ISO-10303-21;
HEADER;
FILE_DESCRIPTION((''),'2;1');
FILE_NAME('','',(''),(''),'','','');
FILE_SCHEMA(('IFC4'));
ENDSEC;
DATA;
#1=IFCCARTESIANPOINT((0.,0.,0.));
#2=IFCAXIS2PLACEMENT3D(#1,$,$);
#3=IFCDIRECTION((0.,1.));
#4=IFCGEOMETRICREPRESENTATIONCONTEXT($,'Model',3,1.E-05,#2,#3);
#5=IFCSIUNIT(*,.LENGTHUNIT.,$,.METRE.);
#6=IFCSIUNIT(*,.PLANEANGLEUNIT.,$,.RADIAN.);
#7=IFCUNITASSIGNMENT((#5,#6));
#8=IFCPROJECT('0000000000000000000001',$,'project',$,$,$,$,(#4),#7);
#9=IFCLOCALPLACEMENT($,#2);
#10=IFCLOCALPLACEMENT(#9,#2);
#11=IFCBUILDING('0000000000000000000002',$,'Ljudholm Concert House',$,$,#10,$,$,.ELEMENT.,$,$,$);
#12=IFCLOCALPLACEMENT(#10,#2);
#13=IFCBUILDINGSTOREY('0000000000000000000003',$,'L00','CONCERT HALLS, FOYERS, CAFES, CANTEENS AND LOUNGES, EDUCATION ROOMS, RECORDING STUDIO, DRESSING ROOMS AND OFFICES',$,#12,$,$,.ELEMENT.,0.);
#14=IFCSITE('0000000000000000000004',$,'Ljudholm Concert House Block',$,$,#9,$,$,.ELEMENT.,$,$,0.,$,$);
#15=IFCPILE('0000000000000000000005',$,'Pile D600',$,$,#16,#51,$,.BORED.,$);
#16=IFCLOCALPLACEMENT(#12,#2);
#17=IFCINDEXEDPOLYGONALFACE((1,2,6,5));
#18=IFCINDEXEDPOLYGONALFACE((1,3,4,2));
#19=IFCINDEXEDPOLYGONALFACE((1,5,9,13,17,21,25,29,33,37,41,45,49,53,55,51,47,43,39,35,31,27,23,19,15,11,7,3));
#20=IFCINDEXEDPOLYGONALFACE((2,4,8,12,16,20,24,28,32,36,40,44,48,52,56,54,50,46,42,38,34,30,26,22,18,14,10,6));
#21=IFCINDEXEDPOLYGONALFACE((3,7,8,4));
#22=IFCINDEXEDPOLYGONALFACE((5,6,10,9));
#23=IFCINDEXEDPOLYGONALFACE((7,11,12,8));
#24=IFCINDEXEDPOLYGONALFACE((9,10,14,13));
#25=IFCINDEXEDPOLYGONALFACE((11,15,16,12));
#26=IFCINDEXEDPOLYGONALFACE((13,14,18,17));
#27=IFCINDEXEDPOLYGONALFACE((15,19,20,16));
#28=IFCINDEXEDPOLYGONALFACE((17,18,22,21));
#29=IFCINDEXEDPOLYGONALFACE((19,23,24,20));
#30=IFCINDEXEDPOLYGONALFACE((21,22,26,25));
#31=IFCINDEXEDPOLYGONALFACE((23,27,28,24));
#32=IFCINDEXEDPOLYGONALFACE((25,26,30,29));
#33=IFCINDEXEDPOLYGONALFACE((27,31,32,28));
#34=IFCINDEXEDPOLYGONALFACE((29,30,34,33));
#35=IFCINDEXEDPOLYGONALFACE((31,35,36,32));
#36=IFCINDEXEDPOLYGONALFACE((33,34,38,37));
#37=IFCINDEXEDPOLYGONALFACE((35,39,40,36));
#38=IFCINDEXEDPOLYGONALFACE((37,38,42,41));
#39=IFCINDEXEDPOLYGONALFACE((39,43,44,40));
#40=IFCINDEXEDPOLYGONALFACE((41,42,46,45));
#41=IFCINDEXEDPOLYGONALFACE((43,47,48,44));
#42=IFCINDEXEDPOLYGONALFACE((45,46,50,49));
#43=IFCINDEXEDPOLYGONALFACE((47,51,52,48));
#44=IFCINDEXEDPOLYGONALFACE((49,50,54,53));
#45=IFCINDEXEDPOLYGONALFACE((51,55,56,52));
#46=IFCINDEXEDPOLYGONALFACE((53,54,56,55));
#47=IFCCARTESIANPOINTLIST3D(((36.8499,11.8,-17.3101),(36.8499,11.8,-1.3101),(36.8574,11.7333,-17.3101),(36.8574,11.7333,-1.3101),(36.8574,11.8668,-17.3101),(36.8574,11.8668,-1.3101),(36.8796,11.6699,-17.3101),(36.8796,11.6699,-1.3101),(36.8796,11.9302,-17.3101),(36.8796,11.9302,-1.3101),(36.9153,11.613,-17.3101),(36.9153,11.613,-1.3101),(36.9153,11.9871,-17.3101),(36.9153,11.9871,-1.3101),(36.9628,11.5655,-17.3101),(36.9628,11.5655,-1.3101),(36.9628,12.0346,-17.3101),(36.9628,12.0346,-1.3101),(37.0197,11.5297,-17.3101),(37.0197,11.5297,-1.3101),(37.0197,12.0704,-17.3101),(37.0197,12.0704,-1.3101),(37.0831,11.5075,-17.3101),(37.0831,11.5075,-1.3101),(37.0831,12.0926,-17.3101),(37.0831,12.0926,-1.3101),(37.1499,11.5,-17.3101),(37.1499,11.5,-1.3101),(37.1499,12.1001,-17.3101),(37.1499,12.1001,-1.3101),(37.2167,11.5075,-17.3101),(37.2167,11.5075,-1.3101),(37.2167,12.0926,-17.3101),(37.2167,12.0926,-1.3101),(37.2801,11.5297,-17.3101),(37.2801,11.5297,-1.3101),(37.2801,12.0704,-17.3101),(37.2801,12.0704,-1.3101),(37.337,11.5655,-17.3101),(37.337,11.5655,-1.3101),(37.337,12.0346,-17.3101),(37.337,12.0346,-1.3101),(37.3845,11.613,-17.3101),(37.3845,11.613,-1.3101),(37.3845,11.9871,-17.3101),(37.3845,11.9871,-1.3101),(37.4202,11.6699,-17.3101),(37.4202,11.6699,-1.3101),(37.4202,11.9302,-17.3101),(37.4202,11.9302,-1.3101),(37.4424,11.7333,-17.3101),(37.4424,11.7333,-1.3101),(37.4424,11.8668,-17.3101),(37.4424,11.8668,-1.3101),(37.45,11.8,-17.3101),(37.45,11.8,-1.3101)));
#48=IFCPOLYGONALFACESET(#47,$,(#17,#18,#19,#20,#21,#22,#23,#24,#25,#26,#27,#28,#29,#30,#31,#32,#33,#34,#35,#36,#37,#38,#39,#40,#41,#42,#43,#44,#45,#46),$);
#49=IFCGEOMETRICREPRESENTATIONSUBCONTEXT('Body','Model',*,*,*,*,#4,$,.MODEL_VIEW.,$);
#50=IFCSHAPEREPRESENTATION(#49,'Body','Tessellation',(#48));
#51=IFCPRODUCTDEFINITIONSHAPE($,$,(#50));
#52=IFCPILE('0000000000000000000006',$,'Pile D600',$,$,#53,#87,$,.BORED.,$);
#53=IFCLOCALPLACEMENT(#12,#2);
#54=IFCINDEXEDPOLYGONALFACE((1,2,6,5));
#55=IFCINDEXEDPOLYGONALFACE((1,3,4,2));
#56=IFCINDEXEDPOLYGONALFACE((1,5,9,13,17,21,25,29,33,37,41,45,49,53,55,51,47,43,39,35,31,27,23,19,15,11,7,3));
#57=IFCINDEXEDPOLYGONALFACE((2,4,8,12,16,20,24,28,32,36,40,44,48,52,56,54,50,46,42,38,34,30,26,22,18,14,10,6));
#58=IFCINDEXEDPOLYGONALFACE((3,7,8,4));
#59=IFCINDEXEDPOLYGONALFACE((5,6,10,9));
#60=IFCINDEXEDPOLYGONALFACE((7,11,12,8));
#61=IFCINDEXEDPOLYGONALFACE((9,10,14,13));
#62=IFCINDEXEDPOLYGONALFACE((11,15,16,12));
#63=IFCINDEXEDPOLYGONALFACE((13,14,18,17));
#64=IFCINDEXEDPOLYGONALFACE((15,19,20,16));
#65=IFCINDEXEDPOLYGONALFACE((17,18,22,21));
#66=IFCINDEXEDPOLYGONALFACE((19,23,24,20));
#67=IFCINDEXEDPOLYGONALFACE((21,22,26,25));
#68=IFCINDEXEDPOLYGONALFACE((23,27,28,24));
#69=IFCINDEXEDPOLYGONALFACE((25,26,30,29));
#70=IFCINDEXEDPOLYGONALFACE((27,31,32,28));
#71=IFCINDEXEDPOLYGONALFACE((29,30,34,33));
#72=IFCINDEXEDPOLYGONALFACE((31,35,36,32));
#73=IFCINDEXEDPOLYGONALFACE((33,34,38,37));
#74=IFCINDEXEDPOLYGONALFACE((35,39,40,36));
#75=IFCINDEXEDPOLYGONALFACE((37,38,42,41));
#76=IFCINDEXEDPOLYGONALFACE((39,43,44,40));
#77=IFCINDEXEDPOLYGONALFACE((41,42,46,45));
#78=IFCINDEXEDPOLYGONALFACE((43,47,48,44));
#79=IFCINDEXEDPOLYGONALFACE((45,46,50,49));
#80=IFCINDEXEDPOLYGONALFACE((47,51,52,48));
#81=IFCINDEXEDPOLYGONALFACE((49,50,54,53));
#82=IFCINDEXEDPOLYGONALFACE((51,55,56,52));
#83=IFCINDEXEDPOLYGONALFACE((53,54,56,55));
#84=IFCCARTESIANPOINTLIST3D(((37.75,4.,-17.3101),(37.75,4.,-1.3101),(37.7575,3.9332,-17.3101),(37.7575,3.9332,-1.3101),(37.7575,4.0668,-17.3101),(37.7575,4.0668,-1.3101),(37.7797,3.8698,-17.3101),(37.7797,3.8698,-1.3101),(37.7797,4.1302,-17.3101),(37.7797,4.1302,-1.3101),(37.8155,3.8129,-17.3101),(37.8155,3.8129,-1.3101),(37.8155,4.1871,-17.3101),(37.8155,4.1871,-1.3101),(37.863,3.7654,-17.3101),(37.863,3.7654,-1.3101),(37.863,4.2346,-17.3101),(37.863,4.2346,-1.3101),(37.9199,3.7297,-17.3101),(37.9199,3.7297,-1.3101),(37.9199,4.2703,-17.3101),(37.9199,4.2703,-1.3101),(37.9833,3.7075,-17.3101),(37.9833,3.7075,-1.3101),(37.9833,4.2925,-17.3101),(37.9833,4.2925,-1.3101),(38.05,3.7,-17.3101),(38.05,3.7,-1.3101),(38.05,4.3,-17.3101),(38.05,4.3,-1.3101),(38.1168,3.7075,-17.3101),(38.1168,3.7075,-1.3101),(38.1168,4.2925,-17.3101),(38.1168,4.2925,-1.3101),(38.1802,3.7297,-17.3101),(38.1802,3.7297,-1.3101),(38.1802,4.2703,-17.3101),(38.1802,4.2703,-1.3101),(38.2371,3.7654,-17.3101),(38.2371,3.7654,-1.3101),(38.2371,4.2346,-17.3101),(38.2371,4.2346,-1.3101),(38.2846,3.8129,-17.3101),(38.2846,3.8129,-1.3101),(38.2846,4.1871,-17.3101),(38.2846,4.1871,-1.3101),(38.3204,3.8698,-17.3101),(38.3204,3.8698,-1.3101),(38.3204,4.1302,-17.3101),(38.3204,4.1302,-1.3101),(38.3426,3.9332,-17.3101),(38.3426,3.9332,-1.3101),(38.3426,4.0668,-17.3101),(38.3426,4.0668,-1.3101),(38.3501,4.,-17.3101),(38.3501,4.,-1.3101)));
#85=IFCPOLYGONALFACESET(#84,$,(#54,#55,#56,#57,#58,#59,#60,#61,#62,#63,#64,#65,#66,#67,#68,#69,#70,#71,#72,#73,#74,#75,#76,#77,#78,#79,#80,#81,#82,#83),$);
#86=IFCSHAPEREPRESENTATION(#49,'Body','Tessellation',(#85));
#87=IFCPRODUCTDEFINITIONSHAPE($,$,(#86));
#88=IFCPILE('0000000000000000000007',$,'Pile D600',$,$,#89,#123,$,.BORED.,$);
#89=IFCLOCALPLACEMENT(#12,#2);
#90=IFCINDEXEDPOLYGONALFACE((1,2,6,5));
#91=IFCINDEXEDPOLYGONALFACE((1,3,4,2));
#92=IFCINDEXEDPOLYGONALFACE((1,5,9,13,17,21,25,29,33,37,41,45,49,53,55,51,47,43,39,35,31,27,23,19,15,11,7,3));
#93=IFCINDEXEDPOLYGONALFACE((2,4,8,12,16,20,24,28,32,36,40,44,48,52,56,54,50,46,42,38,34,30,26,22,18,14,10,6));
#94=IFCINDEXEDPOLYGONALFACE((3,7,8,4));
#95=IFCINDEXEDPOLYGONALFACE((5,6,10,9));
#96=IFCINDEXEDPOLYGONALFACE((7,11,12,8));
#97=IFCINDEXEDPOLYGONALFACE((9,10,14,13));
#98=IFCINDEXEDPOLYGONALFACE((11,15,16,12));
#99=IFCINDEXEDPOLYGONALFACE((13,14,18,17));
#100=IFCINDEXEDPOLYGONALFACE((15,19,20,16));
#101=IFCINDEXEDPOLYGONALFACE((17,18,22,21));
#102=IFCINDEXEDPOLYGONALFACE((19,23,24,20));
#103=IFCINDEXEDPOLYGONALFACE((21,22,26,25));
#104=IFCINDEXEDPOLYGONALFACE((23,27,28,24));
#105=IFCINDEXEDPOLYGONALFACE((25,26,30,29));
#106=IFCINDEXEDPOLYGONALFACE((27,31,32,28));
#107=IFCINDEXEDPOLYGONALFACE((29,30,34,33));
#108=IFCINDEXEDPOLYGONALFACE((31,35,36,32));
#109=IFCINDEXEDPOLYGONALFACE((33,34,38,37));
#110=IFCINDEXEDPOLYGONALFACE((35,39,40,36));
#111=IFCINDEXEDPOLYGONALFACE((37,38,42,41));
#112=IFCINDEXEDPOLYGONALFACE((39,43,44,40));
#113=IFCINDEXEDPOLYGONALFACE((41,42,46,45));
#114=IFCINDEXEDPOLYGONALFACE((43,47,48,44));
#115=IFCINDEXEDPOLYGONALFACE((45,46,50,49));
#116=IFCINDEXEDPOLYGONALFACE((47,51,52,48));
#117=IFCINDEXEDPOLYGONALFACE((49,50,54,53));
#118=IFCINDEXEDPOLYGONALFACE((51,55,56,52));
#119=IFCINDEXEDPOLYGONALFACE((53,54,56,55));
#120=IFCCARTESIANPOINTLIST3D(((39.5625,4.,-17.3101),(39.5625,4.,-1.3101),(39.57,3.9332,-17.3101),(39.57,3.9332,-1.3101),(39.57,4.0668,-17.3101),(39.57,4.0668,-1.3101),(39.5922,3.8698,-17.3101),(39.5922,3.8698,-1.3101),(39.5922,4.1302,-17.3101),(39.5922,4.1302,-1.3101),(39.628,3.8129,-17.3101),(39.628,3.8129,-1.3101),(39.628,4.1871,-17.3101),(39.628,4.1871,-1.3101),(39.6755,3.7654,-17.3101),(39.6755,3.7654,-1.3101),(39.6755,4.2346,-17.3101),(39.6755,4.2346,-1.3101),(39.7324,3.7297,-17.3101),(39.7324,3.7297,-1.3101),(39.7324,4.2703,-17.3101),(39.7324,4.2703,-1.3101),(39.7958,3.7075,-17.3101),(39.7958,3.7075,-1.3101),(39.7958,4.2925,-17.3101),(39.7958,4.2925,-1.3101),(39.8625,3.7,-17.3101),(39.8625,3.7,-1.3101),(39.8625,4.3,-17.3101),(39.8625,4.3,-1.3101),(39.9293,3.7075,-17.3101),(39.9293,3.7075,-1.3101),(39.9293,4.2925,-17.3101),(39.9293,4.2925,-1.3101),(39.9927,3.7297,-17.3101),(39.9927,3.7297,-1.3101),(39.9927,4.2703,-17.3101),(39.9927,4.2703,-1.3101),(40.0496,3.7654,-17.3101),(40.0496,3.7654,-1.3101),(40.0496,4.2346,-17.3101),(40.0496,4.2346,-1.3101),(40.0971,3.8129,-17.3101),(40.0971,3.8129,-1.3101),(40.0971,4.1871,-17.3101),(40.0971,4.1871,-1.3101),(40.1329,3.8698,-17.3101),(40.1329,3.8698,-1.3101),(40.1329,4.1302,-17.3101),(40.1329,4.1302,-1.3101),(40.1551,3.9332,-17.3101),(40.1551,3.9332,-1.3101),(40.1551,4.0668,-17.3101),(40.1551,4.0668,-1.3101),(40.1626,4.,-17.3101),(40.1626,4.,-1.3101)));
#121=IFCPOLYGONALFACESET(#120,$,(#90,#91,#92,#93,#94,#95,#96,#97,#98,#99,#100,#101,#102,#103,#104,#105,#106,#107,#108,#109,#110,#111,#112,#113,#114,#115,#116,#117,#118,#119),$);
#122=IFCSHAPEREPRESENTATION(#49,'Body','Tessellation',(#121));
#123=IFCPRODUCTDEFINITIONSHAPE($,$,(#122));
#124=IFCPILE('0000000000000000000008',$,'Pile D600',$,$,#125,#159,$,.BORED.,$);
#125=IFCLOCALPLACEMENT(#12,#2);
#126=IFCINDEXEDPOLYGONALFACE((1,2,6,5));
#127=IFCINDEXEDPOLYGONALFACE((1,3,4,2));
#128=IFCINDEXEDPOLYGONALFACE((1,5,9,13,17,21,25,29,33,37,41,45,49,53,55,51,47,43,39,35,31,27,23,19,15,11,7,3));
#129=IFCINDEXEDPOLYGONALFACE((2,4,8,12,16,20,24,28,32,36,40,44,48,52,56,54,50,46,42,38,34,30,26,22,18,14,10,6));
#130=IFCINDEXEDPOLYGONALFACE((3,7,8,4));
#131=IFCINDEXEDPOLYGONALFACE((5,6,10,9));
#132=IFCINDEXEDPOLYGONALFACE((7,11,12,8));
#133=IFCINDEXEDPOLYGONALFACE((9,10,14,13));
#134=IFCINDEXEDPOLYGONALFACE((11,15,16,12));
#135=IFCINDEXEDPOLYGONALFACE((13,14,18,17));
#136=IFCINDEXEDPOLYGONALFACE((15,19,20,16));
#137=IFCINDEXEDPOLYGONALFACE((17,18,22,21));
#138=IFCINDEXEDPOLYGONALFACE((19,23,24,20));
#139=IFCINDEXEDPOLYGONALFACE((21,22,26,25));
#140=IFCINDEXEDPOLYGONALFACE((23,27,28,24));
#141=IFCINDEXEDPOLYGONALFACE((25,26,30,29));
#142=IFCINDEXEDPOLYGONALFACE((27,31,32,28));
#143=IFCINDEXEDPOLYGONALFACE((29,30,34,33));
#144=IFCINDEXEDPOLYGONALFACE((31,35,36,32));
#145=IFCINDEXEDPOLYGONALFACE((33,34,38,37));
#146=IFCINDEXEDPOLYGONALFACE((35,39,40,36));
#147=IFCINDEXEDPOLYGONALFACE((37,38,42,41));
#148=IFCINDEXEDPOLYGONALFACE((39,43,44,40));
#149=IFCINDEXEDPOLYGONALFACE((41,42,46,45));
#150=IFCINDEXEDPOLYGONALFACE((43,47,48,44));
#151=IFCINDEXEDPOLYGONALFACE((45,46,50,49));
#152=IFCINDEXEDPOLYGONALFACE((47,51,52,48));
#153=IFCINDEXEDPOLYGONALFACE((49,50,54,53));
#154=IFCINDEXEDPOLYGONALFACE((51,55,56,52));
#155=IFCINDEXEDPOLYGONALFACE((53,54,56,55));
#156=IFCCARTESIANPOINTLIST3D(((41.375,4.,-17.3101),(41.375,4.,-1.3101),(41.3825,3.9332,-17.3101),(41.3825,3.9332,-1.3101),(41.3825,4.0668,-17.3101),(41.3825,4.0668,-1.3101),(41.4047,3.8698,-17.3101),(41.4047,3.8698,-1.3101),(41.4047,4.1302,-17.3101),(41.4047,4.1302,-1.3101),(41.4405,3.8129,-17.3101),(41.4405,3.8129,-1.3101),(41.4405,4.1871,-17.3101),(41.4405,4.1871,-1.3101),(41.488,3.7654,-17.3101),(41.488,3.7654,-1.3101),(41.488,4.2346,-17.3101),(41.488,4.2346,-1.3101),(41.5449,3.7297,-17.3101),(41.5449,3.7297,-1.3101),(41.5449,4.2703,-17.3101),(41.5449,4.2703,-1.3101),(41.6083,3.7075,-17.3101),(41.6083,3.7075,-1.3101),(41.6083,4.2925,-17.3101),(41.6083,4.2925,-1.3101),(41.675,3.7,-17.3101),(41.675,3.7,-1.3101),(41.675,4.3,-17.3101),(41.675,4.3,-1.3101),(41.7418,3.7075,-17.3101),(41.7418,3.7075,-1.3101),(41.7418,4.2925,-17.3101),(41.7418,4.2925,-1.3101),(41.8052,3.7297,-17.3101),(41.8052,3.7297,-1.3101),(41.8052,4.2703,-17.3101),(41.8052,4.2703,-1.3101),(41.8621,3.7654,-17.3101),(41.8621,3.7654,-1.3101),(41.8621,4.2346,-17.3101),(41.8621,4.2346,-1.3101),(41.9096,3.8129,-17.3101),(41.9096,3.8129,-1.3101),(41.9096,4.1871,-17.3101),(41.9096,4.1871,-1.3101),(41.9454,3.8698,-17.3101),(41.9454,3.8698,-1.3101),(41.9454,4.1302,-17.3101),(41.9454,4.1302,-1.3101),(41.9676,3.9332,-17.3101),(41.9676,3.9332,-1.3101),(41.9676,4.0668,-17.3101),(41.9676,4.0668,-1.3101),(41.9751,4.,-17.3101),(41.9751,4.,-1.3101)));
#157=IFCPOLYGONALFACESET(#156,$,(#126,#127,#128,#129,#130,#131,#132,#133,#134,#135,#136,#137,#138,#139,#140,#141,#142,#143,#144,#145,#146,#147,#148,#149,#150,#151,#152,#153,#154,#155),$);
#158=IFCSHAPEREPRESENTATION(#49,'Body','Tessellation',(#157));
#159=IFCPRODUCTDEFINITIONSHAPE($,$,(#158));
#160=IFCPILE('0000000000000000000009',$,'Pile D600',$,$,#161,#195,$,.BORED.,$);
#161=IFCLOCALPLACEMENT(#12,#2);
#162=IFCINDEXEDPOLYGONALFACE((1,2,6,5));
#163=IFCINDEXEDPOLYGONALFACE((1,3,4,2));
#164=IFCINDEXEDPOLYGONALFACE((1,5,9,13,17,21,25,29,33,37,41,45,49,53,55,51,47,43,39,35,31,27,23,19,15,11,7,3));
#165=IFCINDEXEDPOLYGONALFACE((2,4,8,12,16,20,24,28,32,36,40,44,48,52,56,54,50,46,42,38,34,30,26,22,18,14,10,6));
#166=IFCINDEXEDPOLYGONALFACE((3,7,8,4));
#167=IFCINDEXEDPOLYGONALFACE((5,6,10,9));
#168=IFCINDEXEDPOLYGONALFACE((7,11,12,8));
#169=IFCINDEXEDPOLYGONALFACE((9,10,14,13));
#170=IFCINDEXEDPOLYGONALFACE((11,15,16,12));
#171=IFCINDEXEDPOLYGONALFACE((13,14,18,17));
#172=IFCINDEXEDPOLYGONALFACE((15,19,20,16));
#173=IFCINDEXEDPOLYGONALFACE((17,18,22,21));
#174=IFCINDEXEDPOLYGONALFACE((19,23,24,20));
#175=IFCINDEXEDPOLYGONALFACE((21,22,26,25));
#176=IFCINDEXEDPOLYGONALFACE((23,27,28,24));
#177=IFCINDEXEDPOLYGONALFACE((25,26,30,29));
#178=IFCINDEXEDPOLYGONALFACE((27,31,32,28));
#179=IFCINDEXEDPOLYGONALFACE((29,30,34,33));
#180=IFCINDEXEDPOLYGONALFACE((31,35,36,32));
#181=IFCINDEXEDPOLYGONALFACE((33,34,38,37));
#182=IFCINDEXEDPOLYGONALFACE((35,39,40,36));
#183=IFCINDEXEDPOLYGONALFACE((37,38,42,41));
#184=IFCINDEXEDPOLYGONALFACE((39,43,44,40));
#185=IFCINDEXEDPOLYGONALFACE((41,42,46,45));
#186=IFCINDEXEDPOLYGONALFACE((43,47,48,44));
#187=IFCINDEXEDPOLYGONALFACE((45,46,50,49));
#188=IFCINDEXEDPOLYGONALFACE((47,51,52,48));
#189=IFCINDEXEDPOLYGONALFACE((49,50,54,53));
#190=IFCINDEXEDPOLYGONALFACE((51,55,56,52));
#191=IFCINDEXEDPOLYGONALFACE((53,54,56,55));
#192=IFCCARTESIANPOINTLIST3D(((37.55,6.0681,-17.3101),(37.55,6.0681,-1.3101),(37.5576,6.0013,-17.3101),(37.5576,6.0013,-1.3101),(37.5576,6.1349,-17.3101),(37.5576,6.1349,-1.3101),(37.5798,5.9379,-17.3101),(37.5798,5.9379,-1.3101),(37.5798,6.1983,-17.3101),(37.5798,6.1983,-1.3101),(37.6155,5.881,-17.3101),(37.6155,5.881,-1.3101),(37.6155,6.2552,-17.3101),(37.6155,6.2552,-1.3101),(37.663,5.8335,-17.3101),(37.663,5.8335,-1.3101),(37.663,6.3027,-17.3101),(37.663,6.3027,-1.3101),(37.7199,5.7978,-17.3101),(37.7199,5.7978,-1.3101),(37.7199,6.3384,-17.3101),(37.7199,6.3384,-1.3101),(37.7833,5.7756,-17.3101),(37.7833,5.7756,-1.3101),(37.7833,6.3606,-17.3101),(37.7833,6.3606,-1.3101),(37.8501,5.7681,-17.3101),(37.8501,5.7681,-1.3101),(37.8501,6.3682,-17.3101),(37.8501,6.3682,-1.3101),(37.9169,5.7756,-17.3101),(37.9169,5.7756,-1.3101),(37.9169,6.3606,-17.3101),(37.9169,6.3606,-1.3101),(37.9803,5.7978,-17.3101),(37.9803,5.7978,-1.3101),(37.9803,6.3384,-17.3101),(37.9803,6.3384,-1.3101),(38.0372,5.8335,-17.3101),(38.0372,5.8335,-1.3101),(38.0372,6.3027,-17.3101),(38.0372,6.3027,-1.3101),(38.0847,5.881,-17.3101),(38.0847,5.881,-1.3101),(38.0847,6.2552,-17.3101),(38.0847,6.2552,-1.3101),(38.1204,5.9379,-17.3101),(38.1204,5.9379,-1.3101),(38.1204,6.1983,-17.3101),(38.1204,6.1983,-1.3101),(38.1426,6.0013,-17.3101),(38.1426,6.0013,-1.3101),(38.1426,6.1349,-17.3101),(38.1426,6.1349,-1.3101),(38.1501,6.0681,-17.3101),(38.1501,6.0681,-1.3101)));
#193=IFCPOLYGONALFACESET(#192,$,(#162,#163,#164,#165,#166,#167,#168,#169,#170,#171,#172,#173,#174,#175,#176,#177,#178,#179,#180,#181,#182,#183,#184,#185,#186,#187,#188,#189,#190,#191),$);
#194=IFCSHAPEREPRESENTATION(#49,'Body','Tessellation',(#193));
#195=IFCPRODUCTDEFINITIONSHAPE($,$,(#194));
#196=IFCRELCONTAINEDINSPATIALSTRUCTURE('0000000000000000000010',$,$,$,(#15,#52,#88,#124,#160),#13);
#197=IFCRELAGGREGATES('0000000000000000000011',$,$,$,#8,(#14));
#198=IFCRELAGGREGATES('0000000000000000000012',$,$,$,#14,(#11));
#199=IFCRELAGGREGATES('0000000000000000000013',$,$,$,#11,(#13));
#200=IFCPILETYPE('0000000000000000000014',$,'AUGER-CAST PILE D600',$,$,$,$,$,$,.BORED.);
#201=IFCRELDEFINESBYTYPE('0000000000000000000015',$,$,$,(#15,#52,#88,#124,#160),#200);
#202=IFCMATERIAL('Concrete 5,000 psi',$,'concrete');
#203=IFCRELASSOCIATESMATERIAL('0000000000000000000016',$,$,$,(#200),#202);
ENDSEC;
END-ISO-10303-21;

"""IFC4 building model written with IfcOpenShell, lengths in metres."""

from ifc_helpers import new_model, si_unit, direction, frame, origin, origin_2d, place, context, subcontext, project, spatial, circle, extrude, material, material_profile, profile_set, type_object, element, save


model = new_model("IFC4")

# Units and contexts
model_context = context("Model", 3, precision=1e-05, world=origin(), true_north=direction((0.0, 1.0)))
body_context = subcontext(model_context, "Body", "Model", "MODEL_VIEW")
ifc_project = project(units=[si_unit("LENGTHUNIT", "METRE"), si_unit("PLANEANGLEUNIT", "RADIAN")], contexts=[model_context])

# Site, building, storey
site_placement = place(None, origin())
site = spatial("IfcSite", under=ifc_project, at=site_placement, Name="Ljudholm Concert House Block", CompositionType="ELEMENT", RefElevation=0.0)
building_placement = place(site_placement, origin())
building = spatial("IfcBuilding", under=site, at=building_placement, Name="Ljudholm Concert House", CompositionType="ELEMENT")
storey_placement = place(building_placement, origin())
storey = spatial("IfcBuildingStorey", under=building, at=storey_placement, Name="L00", Description="CONCERT HALLS, FOYERS, CAFES, CANTEENS AND LOUNGES, EDUCATION ROOMS, RECORDING STUDIO, DRESSING ROOMS AND OFFICES", CompositionType="ELEMENT", Elevation=0.0)

# Piles
ifc_material_1 = material(Name="Concrete 5,000 psi", Category="concrete")
ifc_material_profile_1 = material_profile(ifc_material_1, circle(Radius=0.3, at=origin_2d()), Name="AUGER-CAST PILE D600")
ifc_profile_set_1 = profile_set([ifc_material_profile_1], Name="Concrete 5,000 psi")
pile_type = type_object("IfcPileType", Name="AUGER-CAST PILE D600", PredefinedType="BORED", material=ifc_profile_set_1)
for number, where, z_axis, x_axis, name in (
    (1, (37.1499, 11.8, -1.3101), (0.0, 0.0, -1.0), (1.0, 0.0, 0.0), "Pile D600"),
    (2, (38.05, 4.0, -1.3101), (0.0, 0.0, -1.0), (1.0, 0.0, 0.0), "Pile D600"),
    (3, (39.8625, 4.0, -1.3101), (0.0, 0.0, -1.0), (1.0, 0.0, 0.0), "Pile D600"),
    (4, (41.675, 4.0, -1.3101), (0.0, 0.0, -1.0), (1.0, 0.0, 0.0), "Pile D600"),
    (5, (37.8501, 6.0681, -1.3101), (0.0, 0.0, -1.0), (1.0, 0.0, 0.0), "Pile D600"),
):
    element("IfcPile", number, at=place(storey_placement, frame(where, z_axis=z_axis, x_axis=x_axis)), inside=storey, type_object=pile_type, Name=name, PredefinedType="BORED", context=body_context, shape_type="SweptSolid", body=[
        extrude(circle(Radius=0.3, at=origin_2d()), origin(), (0.0, 0.0, 1.0), 16.0),
    ])

save(model, "model.ifc")
